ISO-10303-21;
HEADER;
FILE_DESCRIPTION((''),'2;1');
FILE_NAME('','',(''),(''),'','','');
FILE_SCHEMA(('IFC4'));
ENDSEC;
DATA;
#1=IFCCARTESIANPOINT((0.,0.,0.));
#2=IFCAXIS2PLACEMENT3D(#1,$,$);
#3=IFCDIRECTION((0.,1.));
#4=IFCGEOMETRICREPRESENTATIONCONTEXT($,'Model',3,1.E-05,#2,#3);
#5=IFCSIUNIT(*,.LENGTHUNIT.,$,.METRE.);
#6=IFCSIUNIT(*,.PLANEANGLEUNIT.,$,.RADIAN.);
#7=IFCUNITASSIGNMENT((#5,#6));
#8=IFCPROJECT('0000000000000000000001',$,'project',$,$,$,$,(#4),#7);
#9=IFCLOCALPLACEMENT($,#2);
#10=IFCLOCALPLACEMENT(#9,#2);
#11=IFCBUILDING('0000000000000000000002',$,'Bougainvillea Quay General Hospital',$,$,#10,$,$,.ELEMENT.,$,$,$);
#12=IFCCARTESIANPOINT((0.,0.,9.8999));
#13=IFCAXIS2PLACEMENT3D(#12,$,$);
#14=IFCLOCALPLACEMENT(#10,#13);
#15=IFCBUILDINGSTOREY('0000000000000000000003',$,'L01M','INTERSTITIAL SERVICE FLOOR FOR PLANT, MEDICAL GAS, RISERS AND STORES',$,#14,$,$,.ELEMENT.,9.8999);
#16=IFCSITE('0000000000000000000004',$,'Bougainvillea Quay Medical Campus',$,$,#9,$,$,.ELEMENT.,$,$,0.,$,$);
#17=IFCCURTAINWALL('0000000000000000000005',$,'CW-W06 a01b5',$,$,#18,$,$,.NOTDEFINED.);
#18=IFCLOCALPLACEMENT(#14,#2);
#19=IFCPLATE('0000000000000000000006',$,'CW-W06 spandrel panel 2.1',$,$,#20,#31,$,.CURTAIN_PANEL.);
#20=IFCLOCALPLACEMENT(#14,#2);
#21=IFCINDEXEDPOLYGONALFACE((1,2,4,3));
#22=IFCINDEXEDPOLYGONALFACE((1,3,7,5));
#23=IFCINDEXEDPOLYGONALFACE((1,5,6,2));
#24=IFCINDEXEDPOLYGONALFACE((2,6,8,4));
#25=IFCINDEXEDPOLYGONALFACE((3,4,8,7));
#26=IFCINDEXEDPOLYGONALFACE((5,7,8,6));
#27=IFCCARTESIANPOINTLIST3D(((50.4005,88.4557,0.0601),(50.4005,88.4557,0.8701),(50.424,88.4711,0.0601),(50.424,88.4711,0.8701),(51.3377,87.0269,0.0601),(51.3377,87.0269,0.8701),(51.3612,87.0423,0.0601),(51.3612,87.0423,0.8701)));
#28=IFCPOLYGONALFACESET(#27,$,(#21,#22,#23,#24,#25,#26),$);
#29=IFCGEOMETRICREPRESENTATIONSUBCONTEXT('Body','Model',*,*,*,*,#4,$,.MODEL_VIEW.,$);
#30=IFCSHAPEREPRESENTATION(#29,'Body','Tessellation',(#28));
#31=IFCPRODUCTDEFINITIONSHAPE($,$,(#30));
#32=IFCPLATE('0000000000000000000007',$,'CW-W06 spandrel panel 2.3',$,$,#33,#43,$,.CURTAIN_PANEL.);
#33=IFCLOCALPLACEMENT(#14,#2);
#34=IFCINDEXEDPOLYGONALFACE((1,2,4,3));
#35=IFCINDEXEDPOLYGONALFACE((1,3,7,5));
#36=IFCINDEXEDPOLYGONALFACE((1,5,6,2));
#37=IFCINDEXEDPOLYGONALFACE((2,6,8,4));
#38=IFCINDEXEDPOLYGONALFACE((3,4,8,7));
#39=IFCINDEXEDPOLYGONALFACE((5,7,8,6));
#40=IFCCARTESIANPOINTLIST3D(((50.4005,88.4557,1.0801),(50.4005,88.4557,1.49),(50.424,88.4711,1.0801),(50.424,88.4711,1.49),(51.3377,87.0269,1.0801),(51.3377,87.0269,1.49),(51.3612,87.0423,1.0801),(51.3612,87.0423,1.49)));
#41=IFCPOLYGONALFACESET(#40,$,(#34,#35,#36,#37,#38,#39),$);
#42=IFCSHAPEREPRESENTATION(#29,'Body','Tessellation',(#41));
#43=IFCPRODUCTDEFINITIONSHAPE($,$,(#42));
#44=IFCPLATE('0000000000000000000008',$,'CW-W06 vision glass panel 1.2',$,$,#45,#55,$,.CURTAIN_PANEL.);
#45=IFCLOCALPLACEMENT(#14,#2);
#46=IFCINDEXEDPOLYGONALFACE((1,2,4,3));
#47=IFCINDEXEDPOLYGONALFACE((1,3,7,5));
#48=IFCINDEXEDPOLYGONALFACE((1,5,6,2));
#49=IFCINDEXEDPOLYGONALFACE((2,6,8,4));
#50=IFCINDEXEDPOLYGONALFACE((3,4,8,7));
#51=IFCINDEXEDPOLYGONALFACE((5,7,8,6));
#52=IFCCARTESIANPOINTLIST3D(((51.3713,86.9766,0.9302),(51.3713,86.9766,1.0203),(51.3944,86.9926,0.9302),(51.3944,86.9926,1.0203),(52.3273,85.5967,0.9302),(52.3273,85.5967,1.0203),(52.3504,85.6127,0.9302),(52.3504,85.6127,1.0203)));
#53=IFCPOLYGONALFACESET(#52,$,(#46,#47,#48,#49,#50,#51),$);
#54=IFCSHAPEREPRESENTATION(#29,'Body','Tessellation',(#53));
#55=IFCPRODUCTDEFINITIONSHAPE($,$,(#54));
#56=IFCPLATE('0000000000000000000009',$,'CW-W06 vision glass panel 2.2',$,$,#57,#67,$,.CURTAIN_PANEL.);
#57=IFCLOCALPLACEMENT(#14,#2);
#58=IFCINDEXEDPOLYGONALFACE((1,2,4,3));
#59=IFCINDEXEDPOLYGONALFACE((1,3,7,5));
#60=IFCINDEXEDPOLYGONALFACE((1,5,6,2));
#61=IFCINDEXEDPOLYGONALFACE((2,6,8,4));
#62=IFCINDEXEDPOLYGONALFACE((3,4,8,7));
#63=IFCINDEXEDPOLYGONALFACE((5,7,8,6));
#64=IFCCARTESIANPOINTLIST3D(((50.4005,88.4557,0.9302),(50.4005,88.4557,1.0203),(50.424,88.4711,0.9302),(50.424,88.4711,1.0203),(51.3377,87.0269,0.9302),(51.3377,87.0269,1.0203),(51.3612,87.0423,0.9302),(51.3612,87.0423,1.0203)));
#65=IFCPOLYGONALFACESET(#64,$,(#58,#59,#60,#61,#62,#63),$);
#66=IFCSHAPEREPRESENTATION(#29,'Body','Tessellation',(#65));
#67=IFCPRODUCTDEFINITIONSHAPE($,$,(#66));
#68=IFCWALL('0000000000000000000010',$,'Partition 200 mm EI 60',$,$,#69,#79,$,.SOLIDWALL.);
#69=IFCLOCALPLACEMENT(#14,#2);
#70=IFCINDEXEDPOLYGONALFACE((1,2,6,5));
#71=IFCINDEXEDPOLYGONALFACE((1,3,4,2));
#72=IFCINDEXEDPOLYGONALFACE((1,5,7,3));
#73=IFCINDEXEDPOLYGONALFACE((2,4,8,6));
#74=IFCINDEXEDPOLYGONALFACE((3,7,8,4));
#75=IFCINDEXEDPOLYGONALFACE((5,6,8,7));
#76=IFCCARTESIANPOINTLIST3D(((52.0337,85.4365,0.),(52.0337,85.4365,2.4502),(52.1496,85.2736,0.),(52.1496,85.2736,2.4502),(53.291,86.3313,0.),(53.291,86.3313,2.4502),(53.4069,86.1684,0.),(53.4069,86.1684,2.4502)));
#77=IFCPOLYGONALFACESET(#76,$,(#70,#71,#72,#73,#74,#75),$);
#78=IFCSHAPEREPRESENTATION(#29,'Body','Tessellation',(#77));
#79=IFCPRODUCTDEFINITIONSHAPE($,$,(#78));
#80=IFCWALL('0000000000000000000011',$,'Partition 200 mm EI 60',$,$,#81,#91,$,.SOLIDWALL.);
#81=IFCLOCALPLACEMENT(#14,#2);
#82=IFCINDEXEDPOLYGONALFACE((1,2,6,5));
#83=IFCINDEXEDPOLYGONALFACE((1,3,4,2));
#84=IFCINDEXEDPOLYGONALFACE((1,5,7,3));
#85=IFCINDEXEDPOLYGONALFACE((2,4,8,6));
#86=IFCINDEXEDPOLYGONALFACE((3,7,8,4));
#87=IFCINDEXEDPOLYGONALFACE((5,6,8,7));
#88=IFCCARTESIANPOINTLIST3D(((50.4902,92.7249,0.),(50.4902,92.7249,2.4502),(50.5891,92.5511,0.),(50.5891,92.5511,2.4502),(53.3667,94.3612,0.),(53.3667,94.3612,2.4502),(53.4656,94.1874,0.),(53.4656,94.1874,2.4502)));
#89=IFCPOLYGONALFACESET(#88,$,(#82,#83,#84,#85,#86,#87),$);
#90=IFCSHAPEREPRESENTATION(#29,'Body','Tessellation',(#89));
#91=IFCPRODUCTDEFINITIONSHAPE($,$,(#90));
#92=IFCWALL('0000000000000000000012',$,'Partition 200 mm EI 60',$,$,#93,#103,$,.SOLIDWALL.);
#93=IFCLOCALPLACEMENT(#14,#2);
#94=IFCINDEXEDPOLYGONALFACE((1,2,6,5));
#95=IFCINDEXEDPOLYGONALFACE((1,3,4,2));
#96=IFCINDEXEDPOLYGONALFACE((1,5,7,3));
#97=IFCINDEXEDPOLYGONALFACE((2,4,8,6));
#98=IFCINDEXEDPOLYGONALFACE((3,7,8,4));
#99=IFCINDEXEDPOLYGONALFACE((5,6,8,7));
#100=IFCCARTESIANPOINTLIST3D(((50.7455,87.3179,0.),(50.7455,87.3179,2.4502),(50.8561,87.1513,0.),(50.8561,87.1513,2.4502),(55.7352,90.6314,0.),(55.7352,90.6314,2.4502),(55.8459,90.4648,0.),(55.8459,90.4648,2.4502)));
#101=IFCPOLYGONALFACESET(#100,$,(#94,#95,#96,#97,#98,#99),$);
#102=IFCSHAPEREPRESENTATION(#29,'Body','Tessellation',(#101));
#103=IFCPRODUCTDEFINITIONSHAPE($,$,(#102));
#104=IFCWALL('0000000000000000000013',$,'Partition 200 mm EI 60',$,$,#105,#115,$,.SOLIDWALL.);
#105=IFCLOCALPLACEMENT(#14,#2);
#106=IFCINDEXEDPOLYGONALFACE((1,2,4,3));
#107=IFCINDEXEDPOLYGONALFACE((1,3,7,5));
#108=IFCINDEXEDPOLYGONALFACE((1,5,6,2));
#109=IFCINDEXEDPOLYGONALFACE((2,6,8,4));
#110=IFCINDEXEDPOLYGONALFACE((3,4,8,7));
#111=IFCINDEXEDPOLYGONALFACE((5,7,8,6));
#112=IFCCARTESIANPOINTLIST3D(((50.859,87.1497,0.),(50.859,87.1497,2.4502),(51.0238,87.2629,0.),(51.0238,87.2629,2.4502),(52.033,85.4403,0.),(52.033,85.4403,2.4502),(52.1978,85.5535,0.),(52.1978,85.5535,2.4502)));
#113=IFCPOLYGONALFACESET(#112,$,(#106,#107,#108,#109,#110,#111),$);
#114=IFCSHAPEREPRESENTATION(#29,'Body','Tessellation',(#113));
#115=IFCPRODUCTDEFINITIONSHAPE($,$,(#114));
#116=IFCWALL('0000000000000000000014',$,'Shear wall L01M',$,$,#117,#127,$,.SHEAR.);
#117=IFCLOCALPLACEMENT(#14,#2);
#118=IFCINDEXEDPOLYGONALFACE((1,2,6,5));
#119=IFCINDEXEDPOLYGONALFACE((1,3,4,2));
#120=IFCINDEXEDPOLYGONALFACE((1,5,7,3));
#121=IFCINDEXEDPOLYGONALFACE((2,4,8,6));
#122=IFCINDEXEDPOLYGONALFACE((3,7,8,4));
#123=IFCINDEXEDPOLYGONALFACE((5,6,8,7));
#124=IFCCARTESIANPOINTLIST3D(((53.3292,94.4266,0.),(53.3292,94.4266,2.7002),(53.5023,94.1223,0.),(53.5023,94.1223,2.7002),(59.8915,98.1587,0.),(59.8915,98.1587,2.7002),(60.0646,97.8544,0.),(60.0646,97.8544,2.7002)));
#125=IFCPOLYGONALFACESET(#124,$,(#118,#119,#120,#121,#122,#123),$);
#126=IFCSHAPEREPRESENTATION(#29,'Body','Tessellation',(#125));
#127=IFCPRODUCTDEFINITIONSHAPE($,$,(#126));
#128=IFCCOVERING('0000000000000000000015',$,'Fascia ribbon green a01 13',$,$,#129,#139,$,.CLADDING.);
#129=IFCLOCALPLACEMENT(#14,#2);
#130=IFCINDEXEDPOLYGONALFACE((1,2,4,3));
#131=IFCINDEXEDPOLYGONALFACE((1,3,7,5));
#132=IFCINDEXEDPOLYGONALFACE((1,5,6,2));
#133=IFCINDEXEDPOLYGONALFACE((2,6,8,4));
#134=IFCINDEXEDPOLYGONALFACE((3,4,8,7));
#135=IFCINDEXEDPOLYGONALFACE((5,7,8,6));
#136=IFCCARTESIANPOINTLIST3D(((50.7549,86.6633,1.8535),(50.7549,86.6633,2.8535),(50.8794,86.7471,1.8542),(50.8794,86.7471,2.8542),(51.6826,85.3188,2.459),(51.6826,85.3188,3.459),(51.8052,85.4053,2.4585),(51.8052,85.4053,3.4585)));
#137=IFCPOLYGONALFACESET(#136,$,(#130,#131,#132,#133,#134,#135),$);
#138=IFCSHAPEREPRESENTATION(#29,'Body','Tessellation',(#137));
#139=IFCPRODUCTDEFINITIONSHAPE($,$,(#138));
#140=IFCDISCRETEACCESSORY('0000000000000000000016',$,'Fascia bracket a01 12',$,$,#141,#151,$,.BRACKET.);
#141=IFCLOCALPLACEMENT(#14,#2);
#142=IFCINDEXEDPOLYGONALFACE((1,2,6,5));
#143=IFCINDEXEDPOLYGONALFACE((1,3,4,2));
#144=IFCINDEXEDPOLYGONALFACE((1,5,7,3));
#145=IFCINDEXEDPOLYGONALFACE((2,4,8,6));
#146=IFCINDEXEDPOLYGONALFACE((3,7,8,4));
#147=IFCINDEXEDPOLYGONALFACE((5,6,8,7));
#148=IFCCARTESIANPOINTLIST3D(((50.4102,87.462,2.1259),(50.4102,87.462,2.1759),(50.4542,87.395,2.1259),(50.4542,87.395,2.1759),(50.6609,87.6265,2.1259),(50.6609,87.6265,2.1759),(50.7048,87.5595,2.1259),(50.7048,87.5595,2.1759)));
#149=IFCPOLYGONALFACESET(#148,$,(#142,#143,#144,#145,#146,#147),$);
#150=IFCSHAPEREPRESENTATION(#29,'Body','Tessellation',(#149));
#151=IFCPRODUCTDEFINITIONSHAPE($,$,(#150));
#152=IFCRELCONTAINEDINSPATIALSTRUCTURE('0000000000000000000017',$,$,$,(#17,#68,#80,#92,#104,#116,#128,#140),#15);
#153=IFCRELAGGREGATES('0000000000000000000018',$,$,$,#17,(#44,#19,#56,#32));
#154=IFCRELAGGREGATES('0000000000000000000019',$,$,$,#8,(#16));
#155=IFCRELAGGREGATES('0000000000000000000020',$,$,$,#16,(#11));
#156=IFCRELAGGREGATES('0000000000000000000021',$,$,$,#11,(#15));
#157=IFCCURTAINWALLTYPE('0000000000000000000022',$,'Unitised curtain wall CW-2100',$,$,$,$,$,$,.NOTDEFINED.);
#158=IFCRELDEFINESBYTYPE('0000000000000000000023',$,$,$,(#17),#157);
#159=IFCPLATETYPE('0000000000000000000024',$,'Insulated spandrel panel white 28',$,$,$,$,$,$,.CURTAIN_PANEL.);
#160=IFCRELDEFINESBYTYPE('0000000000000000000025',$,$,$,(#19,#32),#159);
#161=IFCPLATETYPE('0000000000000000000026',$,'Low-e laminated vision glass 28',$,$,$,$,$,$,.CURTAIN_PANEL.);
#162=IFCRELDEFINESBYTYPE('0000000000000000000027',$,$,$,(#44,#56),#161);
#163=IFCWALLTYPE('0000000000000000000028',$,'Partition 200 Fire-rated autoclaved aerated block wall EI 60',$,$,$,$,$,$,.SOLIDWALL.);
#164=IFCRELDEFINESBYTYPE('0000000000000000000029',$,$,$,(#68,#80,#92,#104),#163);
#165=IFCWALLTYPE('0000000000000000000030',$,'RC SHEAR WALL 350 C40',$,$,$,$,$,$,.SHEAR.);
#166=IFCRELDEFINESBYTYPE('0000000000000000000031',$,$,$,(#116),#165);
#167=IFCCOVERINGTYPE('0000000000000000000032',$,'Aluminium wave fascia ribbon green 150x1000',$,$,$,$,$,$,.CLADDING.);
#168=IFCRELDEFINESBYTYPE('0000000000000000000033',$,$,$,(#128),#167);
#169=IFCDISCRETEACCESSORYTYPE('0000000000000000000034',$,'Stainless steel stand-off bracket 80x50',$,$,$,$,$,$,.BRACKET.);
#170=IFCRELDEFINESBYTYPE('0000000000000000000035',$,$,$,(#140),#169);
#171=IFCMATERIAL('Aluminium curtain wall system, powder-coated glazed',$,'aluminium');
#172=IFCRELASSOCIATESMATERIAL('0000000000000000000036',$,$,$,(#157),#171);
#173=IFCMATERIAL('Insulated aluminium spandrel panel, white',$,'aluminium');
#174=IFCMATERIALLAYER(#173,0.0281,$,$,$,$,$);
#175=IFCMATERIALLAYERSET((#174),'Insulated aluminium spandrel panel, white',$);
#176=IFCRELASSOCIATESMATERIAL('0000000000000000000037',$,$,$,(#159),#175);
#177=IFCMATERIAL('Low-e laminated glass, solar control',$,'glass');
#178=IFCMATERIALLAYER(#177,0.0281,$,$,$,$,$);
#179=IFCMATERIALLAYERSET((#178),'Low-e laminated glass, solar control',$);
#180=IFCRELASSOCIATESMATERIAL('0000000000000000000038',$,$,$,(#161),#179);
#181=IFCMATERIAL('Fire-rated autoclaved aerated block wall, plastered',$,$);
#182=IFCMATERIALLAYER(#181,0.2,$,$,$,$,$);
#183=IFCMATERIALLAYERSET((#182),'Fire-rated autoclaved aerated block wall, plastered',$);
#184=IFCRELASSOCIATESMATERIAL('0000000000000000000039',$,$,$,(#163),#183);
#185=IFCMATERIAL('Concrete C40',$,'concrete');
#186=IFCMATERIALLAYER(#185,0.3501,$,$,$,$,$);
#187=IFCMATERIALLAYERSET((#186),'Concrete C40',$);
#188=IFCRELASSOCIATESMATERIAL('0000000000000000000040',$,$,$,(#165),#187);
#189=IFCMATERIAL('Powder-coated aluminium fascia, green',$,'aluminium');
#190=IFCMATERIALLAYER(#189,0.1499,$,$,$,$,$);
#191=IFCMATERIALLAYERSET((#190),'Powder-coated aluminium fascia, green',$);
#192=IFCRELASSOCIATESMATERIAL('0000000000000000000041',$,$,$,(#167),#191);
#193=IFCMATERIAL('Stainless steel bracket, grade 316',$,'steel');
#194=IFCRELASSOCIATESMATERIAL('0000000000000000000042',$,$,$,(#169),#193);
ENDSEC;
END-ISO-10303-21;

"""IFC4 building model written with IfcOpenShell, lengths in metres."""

from ifc_helpers import new_model, si_unit, direction, frame, frame_2d, origin, origin_2d, place, context, subcontext, project, spatial, polyline, rectangle, outline, extrude, material, layer, layer_set, material_profile, profile_set, type_object, element, aggregate, save


model = new_model("IFC4")

# Units and contexts
model_context = context("Model", 3, precision=1e-05, world=origin(), true_north=direction((0.0, 1.0)))
body_context = subcontext(model_context, "Body", "Model", "MODEL_VIEW")
ifc_project = project(units=[si_unit("LENGTHUNIT", "METRE"), si_unit("PLANEANGLEUNIT", "RADIAN")], contexts=[model_context])

# Site, building, storey
site_placement = place(None, origin())
site = spatial("IfcSite", under=ifc_project, at=site_placement, Name="Bougainvillea Quay Medical Campus", CompositionType="ELEMENT", RefElevation=0.0)
building_placement = place(site_placement, origin())
building = spatial("IfcBuilding", under=site, at=building_placement, Name="Bougainvillea Quay General Hospital", CompositionType="ELEMENT")
storey_placement = place(building_placement, frame((0.0, 0.0, 9.8999)))
storey = spatial("IfcBuildingStorey", under=building, at=storey_placement, Name="L01M", Description="INTERSTITIAL SERVICE FLOOR FOR PLANT, MEDICAL GAS, RISERS AND STORES", CompositionType="ELEMENT", Elevation=9.8999)

# Curtain wall, plates
ifc_material_1 = material(Name="Aluminium curtain wall system, powder-coated glazed", Category="aluminium")
curtain_wall_type = type_object("IfcCurtainWallType", Name="Unitised curtain wall CW-2100", PredefinedType="NOTDEFINED", material=ifc_material_1)
curtain_wall_placement = place(storey_placement, origin())
curtain_wall = element("IfcCurtainWall", 1, at=curtain_wall_placement, inside=storey, type_object=curtain_wall_type, Name="CW-W06 a01b5", PredefinedType="NOTDEFINED")
ifc_material_2 = material(Name="Insulated aluminium spandrel panel, white", Category="aluminium")
ifc_layer_1 = layer(ifc_material_2, 0.0281)
ifc_layer_set_1 = layer_set([ifc_layer_1], Name="Insulated aluminium spandrel panel, white")
plate_type_1 = type_object("IfcPlateType", Name="Insulated spandrel panel white 28", PredefinedType="CURTAIN_PANEL", material=ifc_layer_set_1)
plate_1_placement = place(storey_placement, frame((50.8809, 87.749, 0.0601), z_axis=(0.0, 0.0, 1.0), x_axis=(-0.548446, 0.836186, 0.0)))
plate_1 = element("IfcPlate", 2, at=plate_1_placement, type_object=plate_type_1, Name="CW-W06 spandrel panel 2.1", PredefinedType="CURTAIN_PANEL", context=body_context, shape_type="SweptSolid", body=[
    extrude(rectangle(XDim=1.7087, YDim=0.0281, at=origin_2d()), origin(), (0.0, 0.0, 1.0), 0.8101),
])
plate_2_placement = place(storey_placement, frame((50.8809, 87.749, 1.0801), z_axis=(0.0, 0.0, 1.0), x_axis=(-0.548446, 0.836186, 0.0)))
plate_2 = element("IfcPlate", 3, at=plate_2_placement, type_object=plate_type_1, Name="CW-W06 spandrel panel 2.3", PredefinedType="CURTAIN_PANEL", context=body_context, shape_type="SweptSolid", body=[
    extrude(rectangle(XDim=1.7087, YDim=0.0281, at=origin_2d()), origin(), (0.0, 0.0, 1.0), 0.4099),
])
ifc_material_3 = material(Name="Low-e laminated glass, solar control", Category="glass")
ifc_layer_2 = layer(ifc_material_3, 0.0281)
ifc_layer_set_2 = layer_set([ifc_layer_2], Name="Low-e laminated glass, solar control")
plate_type_2 = type_object("IfcPlateType", Name="Low-e laminated vision glass 28", PredefinedType="CURTAIN_PANEL", material=ifc_layer_set_2)
plate_3_placement = place(storey_placement, frame((51.8608, 86.2947, 0.9302), z_axis=(0.0, 0.0, 1.0), x_axis=(-0.569473, 0.82201, 0.0)))
plate_3 = element("IfcPlate", 4, at=plate_3_placement, type_object=plate_type_2, Name="CW-W06 vision glass panel 1.2", PredefinedType="CURTAIN_PANEL", context=body_context, shape_type="SweptSolid", body=[
    extrude(rectangle(XDim=1.6787, YDim=0.0281, at=origin_2d()), origin(), (0.0, 0.0, 1.0), 0.0901),
])
plate_4_placement = place(storey_placement, frame((50.8809, 87.749, 0.9302), z_axis=(0.0, 0.0, 1.0), x_axis=(-0.548446, 0.836186, 0.0)))
plate_4 = element("IfcPlate", 5, at=plate_4_placement, type_object=plate_type_2, Name="CW-W06 vision glass panel 2.2", PredefinedType="CURTAIN_PANEL", context=body_context, shape_type="SweptSolid", body=[
    extrude(rectangle(XDim=1.7087, YDim=0.0281, at=origin_2d()), origin(), (0.0, 0.0, 1.0), 0.0901),
])
aggregate(curtain_wall, [plate_3, plate_1, plate_4, plate_2])

# Walls
ifc_material_4 = material(Name="Fire-rated autoclaved aerated block wall, plastered")
ifc_layer_3 = layer(ifc_material_4, 0.2)
ifc_layer_set_3 = layer_set([ifc_layer_3], Name="Fire-rated autoclaved aerated block wall, plastered")
wall_type_1 = type_object("IfcWallType", Name="Partition 200 Fire-rated autoclaved aerated block wall EI 60", PredefinedType="SOLIDWALL", material=ifc_layer_set_3)
wall_1_placement = place(storey_placement, frame((53.3489, 86.2498, 0.0), z_axis=(0.0, 0.0, 1.0), x_axis=(-0.814748, -0.579816, 0.0)))
element("IfcWall", 6, at=wall_1_placement, inside=storey, type_object=wall_type_1, Name="Partition 200 mm EI 60", PredefinedType="SOLIDWALL", context=body_context, shape_type="SweptSolid", body=[
    extrude(rectangle(XDim=1.5432, YDim=0.2, at=frame_2d((0.7715, 0.0))), origin(), (0.0, 0.0, 1.0), 2.4502),
])
wall_2_placement = place(storey_placement, frame((50.5396, 92.6379, 0.0), z_axis=(0.0, 0.0, 1.0), x_axis=(0.869213, 0.494438, 0.0)))
element("IfcWall", 7, at=wall_2_placement, inside=storey, type_object=wall_type_1, Name="Partition 200 mm EI 60", PredefinedType="SOLIDWALL", context=body_context, shape_type="SweptSolid", body=[
    extrude(rectangle(XDim=3.3093, YDim=0.2, at=frame_2d((1.6548, 0.0))), origin(), (0.0, 0.0, 1.0), 2.4502),
])
wall_3_placement = place(storey_placement, frame((50.8008, 87.2346, 0.0), z_axis=(0.0, 0.0, 1.0), x_axis=(0.833052, 0.553194, 0.0)))
element("IfcWall", 8, at=wall_3_placement, inside=storey, type_object=wall_type_1, Name="Partition 200 mm EI 60", PredefinedType="SOLIDWALL", context=body_context, shape_type="SweptSolid", body=[
    extrude(rectangle(XDim=5.9897, YDim=0.2, at=frame_2d((2.9949, 0.0))), origin(), (0.0, 0.0, 1.0), 2.4502),
])
wall_4_placement = place(storey_placement, frame((50.9414, 87.2063, 0.0), z_axis=(0.0, 0.0, 1.0), x_axis=(0.566139, -0.82431, 0.0)))
element("IfcWall", 9, at=wall_4_placement, inside=storey, type_object=wall_type_1, Name="Partition 200 mm EI 60", PredefinedType="SOLIDWALL", context=body_context, shape_type="SweptSolid", body=[
    extrude(rectangle(XDim=2.0737, YDim=0.2, at=frame_2d((1.0369, 0.0))), origin(), (0.0, 0.0, 1.0), 2.4502),
])
ifc_material_5 = material(Name="Concrete C40", Category="concrete")
ifc_layer_4 = layer(ifc_material_5, 0.3501)
ifc_layer_set_4 = layer_set([ifc_layer_4], Name="Concrete C40")
wall_type_2 = type_object("IfcWallType", Name="RC SHEAR WALL 350 C40", PredefinedType="SHEAR", material=ifc_layer_set_4)
wall_5_placement = place(storey_placement, frame((53.4158, 94.2744, 0.0), z_axis=(0.0, 0.0, 1.0), x_axis=(0.86925, 0.494372, 0.0)))
element("IfcWall", 10, at=wall_5_placement, inside=storey, type_object=wall_type_2, Name="Shear wall L01M", PredefinedType="SHEAR", context=body_context, shape_type="SweptSolid", body=[
    extrude(rectangle(XDim=7.5493, YDim=0.3501, at=frame_2d((3.7747, 0.0))), origin(), (0.0, 0.0, 1.0), 2.7002),
])

# Covering
ifc_material_6 = material(Name="Powder-coated aluminium fascia, green", Category="aluminium")
ifc_layer_5 = layer(ifc_material_6, 0.1499)
ifc_layer_set_5 = layer_set([ifc_layer_5], Name="Powder-coated aluminium fascia, green")
covering_type = type_object("IfcCoveringType", Name="Aluminium wave fascia ribbon green 150x1000", PredefinedType="CLADDING", material=ifc_layer_set_5)
covering_placement = place(storey_placement, frame((50.8794, 86.7471, 1.8542), z_axis=(-0.197767, 0.2858, 0.93766), x_axis=(0.532498, -0.771785, 0.347553)))
element("IfcCovering", 11, at=covering_placement, inside=storey, type_object=covering_type, Name="Fascia ribbon green a01 13", PredefinedType="CLADDING", context=body_context, shape_type="SweptSolid", body=[
    extrude(outline(polyline([(0.0, 0.0), (1.7386, 0.0), (1.7402, -0.15), (-0.0019, -0.15), (0.0, 0.0)])), origin(), (0.347553, 0.000446, 0.93766), 1.0),
])

# Discrete accessory
ifc_material_7 = material(Name="Stainless steel bracket, grade 316", Category="steel")
ifc_material_profile_1 = material_profile(ifc_material_7, rectangle(XDim=0.0801, YDim=0.05, at=origin_2d()))
ifc_profile_set_1 = profile_set([ifc_material_profile_1], Name="Stainless steel bracket, grade 316")
discrete_accessory_type = type_object("IfcDiscreteAccessoryType", Name="Stainless steel stand-off bracket 80x50", PredefinedType="BRACKET", material=ifc_profile_set_1)
discrete_accessory_placement = place(storey_placement, frame((50.6829, 87.593, 2.1509), z_axis=(-0.836036, -0.548674, 0.0), x_axis=(0.548674, -0.836036, 0.0)))
element("IfcDiscreteAccessory", 12, at=discrete_accessory_placement, inside=storey, type_object=discrete_accessory_type, Name="Fascia bracket a01 12", PredefinedType="BRACKET", context=body_context, shape_type="SweptSolid", body=[
    extrude(rectangle(XDim=0.0801, YDim=0.05, at=origin_2d()), origin(), (0.0, 0.0, 1.0), 0.2998),
])

save(model, "model.ifc")
